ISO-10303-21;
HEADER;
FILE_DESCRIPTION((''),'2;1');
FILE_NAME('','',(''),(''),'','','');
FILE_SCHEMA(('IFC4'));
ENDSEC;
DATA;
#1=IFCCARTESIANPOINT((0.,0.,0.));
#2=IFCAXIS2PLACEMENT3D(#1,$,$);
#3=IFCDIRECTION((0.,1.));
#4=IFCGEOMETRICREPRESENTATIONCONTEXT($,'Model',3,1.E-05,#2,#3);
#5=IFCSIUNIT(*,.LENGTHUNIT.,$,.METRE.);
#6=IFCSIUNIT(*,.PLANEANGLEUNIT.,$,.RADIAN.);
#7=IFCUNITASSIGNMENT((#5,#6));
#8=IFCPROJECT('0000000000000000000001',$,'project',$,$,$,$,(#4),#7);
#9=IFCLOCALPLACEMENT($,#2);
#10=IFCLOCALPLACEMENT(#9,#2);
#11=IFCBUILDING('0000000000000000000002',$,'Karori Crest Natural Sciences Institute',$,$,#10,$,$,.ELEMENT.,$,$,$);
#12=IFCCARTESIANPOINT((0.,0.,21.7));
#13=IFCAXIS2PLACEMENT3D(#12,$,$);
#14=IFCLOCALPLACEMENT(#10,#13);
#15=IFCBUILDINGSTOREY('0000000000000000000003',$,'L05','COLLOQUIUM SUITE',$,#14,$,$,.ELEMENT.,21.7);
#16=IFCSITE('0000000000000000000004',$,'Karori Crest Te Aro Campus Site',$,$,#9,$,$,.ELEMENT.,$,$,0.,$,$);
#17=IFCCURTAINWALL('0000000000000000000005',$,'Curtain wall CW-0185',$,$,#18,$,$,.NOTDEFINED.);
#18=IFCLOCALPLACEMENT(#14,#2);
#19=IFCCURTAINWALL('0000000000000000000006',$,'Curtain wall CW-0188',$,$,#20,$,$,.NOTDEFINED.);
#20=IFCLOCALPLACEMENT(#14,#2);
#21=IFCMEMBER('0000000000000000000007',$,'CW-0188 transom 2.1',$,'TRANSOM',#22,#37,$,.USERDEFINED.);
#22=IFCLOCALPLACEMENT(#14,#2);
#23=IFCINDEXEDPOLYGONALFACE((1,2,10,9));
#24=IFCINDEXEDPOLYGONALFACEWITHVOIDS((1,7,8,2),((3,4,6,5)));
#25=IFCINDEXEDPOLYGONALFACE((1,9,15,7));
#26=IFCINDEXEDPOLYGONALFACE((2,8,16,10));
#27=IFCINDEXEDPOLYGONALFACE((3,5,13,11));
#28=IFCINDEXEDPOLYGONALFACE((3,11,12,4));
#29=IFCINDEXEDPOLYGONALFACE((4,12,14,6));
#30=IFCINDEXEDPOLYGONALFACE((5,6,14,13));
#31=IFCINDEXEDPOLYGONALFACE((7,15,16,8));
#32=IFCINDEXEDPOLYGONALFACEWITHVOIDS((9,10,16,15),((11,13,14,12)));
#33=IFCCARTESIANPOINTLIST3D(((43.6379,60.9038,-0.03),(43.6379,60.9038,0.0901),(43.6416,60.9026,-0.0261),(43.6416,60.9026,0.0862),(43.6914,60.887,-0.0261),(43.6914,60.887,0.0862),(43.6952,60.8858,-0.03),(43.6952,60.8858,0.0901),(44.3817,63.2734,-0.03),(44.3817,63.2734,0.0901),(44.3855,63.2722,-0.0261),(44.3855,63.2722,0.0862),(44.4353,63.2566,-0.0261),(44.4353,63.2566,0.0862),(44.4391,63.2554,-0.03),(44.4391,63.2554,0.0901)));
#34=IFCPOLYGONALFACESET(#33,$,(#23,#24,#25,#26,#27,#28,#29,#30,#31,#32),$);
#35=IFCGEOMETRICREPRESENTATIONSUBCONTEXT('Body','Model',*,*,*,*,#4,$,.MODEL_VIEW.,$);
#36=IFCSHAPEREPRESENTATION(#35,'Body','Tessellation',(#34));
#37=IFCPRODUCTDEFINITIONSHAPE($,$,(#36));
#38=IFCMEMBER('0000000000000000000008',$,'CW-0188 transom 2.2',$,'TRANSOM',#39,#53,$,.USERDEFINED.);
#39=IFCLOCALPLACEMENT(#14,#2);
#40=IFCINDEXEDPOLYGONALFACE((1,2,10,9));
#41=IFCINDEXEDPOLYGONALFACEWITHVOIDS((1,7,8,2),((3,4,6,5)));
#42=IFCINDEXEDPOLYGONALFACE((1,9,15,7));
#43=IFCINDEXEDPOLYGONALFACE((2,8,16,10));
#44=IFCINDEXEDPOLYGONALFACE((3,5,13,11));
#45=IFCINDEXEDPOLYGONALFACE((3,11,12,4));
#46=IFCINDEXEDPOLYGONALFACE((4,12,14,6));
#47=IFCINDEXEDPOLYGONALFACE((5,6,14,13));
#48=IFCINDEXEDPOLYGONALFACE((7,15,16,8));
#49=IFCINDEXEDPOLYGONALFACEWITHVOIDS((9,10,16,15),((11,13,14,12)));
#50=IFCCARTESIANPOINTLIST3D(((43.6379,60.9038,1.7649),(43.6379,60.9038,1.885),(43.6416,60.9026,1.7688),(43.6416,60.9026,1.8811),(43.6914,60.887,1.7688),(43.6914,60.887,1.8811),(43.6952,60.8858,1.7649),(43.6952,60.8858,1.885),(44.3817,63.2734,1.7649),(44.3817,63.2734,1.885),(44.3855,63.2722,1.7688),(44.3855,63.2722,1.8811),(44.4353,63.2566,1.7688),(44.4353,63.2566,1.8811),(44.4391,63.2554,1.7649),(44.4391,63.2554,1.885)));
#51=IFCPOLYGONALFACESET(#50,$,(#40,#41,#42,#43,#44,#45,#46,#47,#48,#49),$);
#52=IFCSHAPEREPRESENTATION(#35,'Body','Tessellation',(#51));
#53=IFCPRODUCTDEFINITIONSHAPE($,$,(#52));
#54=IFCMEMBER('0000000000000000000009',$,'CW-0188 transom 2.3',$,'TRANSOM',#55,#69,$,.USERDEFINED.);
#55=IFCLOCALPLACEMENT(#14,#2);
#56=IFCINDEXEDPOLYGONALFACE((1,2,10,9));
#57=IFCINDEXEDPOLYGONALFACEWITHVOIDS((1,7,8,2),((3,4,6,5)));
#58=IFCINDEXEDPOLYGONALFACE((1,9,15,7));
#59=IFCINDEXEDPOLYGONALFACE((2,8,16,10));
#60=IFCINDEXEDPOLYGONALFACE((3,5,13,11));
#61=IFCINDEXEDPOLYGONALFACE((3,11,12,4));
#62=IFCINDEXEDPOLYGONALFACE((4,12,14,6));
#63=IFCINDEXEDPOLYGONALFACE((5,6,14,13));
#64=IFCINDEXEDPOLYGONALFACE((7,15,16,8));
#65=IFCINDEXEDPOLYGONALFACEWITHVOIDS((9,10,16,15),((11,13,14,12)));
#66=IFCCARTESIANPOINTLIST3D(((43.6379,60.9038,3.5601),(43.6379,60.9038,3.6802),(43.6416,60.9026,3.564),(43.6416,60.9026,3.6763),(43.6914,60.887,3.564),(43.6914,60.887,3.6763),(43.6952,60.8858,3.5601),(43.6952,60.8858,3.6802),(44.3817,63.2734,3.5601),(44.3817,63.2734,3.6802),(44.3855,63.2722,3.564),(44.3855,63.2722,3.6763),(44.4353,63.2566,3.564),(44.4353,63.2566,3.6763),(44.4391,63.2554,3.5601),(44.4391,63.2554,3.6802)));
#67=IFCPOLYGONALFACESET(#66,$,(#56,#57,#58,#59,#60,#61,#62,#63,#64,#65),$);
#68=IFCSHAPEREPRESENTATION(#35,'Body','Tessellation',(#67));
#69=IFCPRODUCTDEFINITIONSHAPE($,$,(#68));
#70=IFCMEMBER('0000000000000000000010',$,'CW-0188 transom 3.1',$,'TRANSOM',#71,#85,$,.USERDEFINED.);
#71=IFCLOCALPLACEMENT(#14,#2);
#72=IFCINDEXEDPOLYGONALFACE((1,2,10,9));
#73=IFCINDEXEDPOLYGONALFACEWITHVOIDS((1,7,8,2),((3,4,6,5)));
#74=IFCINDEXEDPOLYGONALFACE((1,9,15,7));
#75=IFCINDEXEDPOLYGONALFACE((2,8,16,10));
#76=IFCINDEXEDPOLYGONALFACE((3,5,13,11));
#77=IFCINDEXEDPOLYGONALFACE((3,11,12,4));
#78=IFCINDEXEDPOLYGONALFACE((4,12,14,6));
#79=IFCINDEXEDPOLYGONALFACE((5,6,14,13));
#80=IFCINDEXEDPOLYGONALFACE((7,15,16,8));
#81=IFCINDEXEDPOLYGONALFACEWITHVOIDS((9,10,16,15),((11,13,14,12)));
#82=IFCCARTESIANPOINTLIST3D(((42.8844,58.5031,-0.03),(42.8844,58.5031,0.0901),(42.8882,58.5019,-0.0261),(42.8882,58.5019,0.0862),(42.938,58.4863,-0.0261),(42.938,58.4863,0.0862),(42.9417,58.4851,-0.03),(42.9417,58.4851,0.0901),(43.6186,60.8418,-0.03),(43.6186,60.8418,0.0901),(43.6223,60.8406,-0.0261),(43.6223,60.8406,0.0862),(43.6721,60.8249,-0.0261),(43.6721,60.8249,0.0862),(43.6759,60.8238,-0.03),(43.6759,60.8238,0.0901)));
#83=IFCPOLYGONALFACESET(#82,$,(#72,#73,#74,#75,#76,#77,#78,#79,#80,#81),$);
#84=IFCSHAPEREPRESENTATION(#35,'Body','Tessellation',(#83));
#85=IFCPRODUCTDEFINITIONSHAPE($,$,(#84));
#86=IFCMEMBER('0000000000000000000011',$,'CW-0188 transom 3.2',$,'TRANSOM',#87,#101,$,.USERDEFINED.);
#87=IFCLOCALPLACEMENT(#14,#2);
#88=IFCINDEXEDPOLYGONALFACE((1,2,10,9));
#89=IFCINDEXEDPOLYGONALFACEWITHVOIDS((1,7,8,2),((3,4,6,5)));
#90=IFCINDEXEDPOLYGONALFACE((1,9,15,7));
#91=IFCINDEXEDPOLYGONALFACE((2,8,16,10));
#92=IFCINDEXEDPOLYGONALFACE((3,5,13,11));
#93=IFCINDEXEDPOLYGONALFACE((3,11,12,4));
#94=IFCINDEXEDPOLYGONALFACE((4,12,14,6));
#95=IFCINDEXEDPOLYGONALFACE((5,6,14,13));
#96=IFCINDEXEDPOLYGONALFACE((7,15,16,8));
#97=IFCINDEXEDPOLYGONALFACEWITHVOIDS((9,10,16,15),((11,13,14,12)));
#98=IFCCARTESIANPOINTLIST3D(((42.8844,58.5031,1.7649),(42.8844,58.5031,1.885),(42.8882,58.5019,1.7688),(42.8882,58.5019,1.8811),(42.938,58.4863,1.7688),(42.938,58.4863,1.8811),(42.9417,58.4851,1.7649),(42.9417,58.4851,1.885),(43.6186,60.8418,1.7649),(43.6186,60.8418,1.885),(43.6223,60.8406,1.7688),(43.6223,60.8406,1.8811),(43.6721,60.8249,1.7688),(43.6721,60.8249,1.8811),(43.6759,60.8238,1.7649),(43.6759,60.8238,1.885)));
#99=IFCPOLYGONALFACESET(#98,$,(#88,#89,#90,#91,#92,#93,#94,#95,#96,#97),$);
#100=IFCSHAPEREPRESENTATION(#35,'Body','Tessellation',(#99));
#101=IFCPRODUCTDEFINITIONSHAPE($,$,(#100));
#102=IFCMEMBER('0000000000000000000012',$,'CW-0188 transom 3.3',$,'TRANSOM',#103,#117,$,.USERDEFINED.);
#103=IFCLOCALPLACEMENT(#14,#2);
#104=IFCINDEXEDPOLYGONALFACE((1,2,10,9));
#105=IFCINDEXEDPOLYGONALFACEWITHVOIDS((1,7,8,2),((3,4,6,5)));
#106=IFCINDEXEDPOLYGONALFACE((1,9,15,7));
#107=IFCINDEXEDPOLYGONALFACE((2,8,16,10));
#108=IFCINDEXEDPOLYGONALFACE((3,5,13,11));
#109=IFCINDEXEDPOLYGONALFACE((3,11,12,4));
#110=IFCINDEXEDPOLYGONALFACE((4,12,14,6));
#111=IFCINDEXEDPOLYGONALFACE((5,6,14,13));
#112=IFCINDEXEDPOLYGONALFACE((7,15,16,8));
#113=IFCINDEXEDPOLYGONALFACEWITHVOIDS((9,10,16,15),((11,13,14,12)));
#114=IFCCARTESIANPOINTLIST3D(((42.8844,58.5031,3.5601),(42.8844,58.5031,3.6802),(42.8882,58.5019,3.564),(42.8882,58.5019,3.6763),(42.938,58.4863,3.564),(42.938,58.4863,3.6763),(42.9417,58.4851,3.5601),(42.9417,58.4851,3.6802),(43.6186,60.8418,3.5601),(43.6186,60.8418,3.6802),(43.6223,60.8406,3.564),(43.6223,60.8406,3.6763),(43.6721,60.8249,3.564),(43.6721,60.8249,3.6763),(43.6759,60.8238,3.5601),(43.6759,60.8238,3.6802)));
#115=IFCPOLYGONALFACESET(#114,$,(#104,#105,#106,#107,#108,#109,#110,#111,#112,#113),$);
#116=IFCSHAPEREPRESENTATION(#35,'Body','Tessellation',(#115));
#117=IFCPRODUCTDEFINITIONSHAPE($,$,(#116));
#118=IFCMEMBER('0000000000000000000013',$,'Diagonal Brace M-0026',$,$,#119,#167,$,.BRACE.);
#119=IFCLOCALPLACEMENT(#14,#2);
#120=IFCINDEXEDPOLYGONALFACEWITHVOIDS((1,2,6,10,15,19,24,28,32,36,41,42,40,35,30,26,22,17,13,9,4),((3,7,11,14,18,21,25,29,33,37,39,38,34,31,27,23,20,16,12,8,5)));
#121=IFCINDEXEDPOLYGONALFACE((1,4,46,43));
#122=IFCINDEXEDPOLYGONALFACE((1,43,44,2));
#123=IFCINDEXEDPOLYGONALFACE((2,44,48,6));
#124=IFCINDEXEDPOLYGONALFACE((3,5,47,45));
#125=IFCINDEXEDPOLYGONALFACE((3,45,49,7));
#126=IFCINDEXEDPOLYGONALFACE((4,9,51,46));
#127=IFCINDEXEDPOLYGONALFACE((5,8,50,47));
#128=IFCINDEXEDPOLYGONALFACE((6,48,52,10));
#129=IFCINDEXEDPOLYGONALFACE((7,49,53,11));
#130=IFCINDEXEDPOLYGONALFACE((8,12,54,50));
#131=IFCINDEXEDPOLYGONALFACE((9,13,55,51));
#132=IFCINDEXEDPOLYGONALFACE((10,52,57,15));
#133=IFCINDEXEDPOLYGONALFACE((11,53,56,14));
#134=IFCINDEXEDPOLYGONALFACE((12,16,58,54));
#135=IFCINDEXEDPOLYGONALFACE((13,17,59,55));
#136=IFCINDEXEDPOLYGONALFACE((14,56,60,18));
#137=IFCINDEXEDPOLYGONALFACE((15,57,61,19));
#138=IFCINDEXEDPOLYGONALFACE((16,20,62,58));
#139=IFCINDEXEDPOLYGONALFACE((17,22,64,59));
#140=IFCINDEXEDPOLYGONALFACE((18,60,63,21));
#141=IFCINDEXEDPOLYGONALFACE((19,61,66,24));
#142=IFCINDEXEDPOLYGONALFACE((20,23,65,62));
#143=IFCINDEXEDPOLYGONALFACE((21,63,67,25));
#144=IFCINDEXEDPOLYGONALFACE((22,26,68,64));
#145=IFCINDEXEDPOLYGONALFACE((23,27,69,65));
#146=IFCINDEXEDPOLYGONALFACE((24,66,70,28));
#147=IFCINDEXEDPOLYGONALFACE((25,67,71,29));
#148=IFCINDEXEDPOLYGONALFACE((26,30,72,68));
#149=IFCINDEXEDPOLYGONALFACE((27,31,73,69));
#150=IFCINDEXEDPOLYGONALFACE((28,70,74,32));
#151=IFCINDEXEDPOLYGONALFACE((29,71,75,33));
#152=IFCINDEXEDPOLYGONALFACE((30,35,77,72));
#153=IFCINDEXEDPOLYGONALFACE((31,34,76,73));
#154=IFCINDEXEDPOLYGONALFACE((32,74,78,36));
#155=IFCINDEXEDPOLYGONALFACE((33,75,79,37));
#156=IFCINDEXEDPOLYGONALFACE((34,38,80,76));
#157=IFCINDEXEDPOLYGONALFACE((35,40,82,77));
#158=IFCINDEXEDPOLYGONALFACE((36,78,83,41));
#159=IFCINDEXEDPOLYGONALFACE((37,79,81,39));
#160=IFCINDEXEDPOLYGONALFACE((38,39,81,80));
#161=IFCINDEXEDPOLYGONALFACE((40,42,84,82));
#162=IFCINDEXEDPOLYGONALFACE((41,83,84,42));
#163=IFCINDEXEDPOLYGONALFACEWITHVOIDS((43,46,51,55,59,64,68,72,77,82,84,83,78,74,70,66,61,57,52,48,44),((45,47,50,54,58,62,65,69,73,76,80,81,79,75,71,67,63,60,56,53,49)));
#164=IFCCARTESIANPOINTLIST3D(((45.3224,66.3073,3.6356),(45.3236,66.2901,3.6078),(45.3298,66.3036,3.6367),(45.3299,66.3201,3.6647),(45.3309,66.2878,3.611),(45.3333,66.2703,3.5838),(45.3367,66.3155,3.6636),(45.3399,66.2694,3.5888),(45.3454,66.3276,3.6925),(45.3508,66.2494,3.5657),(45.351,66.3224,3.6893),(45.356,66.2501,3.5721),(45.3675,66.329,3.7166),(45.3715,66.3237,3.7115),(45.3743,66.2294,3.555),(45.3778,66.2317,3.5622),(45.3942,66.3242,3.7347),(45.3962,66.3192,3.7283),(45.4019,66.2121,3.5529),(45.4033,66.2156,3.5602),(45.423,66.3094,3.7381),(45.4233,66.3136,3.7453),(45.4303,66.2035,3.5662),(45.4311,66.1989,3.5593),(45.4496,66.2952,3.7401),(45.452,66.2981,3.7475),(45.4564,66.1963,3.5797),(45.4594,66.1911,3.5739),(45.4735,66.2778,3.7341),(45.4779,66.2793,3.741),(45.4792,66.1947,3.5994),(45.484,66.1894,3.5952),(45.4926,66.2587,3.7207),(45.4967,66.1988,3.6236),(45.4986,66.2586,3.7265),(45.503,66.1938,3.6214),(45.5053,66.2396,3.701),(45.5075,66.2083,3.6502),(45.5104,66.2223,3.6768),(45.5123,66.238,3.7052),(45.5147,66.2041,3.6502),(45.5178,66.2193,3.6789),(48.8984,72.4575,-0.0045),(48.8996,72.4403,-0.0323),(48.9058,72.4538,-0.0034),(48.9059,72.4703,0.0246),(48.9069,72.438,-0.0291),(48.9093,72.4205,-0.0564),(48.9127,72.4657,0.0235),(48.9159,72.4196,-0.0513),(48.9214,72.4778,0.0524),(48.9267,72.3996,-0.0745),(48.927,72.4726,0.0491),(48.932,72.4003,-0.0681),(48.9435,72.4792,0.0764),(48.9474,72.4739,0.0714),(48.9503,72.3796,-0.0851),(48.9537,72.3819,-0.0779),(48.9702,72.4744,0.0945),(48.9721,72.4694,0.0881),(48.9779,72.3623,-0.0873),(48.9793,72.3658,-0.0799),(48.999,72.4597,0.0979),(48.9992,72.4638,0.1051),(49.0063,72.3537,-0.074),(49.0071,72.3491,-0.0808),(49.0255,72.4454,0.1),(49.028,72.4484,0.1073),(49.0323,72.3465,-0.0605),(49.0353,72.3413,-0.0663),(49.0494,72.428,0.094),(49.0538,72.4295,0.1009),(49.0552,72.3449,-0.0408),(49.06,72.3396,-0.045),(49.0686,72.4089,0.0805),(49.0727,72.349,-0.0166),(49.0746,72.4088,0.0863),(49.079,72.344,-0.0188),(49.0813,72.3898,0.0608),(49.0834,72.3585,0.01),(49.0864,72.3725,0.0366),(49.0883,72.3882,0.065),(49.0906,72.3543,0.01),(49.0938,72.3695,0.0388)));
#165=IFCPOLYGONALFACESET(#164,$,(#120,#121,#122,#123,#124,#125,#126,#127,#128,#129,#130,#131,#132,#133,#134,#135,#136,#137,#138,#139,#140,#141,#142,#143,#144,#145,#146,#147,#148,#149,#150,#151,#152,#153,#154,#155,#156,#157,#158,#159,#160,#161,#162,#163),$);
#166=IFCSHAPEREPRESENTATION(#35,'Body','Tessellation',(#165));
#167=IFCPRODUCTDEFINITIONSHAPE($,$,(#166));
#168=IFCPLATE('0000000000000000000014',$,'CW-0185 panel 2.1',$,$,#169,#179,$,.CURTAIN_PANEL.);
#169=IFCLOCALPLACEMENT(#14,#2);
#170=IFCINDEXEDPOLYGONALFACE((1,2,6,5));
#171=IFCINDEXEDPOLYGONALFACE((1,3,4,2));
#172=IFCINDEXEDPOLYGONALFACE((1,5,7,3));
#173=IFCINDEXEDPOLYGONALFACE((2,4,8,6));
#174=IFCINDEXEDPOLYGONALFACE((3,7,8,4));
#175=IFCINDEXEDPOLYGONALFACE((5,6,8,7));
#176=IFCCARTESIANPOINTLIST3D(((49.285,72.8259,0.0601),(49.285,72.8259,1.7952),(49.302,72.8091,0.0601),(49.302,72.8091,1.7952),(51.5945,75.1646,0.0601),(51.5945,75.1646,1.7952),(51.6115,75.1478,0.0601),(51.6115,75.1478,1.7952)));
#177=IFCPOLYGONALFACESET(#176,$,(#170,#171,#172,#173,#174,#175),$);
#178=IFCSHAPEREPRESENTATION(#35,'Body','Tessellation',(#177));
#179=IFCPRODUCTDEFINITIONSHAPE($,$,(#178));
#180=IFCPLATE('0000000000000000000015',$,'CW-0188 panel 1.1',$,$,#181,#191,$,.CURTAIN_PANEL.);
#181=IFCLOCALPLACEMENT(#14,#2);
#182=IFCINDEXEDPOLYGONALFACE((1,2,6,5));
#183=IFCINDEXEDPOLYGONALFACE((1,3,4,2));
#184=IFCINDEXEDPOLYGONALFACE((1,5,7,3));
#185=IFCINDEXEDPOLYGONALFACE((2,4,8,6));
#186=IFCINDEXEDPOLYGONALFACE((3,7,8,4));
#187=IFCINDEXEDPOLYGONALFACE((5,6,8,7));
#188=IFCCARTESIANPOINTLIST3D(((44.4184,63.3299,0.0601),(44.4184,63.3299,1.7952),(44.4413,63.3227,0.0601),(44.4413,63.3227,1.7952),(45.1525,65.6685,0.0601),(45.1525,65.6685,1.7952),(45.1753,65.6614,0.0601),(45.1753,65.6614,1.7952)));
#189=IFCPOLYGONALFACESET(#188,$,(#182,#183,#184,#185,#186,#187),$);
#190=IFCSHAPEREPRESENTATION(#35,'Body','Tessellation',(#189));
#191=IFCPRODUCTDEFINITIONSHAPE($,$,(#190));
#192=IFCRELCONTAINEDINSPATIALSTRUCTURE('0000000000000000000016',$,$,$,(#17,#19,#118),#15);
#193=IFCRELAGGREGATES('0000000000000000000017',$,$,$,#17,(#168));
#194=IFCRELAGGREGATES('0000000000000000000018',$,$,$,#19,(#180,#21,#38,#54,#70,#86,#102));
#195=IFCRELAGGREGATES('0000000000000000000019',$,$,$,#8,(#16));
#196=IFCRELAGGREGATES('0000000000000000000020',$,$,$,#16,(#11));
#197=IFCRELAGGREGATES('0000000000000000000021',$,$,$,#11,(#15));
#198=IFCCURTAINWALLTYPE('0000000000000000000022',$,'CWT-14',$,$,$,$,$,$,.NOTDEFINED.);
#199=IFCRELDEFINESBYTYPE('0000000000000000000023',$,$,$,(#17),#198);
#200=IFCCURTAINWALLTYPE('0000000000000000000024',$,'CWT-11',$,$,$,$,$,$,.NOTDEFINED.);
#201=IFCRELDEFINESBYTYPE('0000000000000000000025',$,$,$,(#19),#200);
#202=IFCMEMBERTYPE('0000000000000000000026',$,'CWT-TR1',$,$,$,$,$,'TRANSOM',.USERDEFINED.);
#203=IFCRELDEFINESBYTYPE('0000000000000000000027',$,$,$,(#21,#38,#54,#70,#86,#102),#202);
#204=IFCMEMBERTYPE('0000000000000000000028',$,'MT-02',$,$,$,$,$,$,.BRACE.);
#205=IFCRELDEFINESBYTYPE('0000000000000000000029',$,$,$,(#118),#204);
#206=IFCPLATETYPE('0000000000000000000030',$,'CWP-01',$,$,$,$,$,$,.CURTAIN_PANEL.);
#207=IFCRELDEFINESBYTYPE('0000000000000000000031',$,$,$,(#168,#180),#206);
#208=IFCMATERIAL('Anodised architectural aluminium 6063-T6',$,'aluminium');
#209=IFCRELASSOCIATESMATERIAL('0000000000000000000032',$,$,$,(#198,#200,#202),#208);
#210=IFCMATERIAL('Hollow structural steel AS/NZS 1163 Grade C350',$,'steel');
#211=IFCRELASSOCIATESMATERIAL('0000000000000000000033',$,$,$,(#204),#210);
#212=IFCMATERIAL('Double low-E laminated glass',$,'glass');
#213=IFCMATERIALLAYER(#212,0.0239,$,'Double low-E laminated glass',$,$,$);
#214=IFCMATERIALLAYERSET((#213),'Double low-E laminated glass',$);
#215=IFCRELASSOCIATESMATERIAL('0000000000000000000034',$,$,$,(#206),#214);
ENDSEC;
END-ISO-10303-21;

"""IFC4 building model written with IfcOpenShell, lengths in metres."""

from ifc_helpers import new_model, si_unit, direction, frame, origin, origin_2d, place, context, subcontext, project, spatial, rectangle, hollow_rectangle, hollow_circle, extrude, material, layer, layer_set, material_profile, profile_set, type_object, element, aggregate, save


model = new_model("IFC4")

# Units and contexts
model_context = context("Model", 3, precision=1e-05, world=origin(), true_north=direction((0.0, 1.0)))
body_context = subcontext(model_context, "Body", "Model", "MODEL_VIEW")
ifc_project = project(units=[si_unit("LENGTHUNIT", "METRE"), si_unit("PLANEANGLEUNIT", "RADIAN")], contexts=[model_context])

# Site, building, storey
site_placement = place(None, origin())
site = spatial("IfcSite", under=ifc_project, at=site_placement, Name="Karori Crest Te Aro Campus Site", CompositionType="ELEMENT", RefElevation=0.0)
building_placement = place(site_placement, origin())
building = spatial("IfcBuilding", under=site, at=building_placement, Name="Karori Crest Natural Sciences Institute", CompositionType="ELEMENT")
storey_placement = place(building_placement, frame((0.0, 0.0, 21.7)))
storey = spatial("IfcBuildingStorey", under=building, at=storey_placement, Name="L05", Description="COLLOQUIUM SUITE", CompositionType="ELEMENT", Elevation=21.7)

# Shared definitions
ifc_material_1 = material(Name="Hollow structural steel AS/NZS 1163 Grade C350", Category="steel")

# Curtain wall
ifc_material_2 = material(Name="Anodised architectural aluminium 6063-T6", Category="aluminium")
curtain_wall_type_1 = type_object("IfcCurtainWallType", Name="CWT-14", PredefinedType="NOTDEFINED", material=ifc_material_2)
curtain_wall_1_placement = place(storey_placement, origin())
curtain_wall_1 = element("IfcCurtainWall", 1, at=curtain_wall_1_placement, inside=storey, type_object=curtain_wall_type_1, Name="Curtain wall CW-0185", PredefinedType="NOTDEFINED")

# Curtain wall, members
curtain_wall_type_2 = type_object("IfcCurtainWallType", Name="CWT-11", PredefinedType="NOTDEFINED", material=ifc_material_2)
curtain_wall_2_placement = place(storey_placement, origin())
curtain_wall_2 = element("IfcCurtainWall", 2, at=curtain_wall_2_placement, inside=storey, type_object=curtain_wall_type_2, Name="Curtain wall CW-0188", PredefinedType="NOTDEFINED")
ifc_material_profile_1 = material_profile(ifc_material_2, hollow_rectangle(XDim=0.0601, YDim=0.1201, WallThickness=0.0039, at=origin_2d()), Name="CWT120x60x4")
ifc_profile_set_1 = profile_set([ifc_material_profile_1], Name="Anodised architectural aluminium 6063-T6")
member_type_1 = type_object("IfcMemberType", Name="CWT-TR1", ElementType="TRANSOM", PredefinedType="USERDEFINED", material=ifc_profile_set_1)
member_1_placement = place(storey_placement, frame((44.4104, 63.2644, 0.03), z_axis=(-0.299517, -0.954091, 0.0), x_axis=(0.954091, -0.299517, 0.0)))
member_1 = element("IfcMember", 3, at=member_1_placement, type_object=member_type_1, Name="CW-0188 transom 2.1", ObjectType="TRANSOM", PredefinedType="USERDEFINED", context=body_context, shape_type="SweptSolid", body=[
    extrude(hollow_rectangle(XDim=0.0601, YDim=0.1201, WallThickness=0.0039, at=origin_2d()), origin(), (0.0, 0.0, 1.0), 2.4836),
])
member_2_placement = place(storey_placement, frame((44.4104, 63.2644, 1.825), z_axis=(-0.299517, -0.954091, 0.0), x_axis=(0.954091, -0.299517, 0.0)))
member_2 = element("IfcMember", 4, at=member_2_placement, type_object=member_type_1, Name="CW-0188 transom 2.2", ObjectType="TRANSOM", PredefinedType="USERDEFINED", context=body_context, shape_type="SweptSolid", body=[
    extrude(hollow_rectangle(XDim=0.0601, YDim=0.1201, WallThickness=0.0039, at=origin_2d()), origin(), (0.0, 0.0, 1.0), 2.4836),
])
member_3_placement = place(storey_placement, frame((44.4104, 63.2644, 3.6201), z_axis=(-0.299517, -0.954091, 0.0), x_axis=(0.954091, -0.299517, 0.0)))
member_3 = element("IfcMember", 5, at=member_3_placement, type_object=member_type_1, Name="CW-0188 transom 2.3", ObjectType="TRANSOM", PredefinedType="USERDEFINED", context=body_context, shape_type="SweptSolid", body=[
    extrude(hollow_rectangle(XDim=0.0601, YDim=0.1201, WallThickness=0.0039, at=origin_2d()), origin(), (0.0, 0.0, 1.0), 2.4836),
])
member_4_placement = place(storey_placement, frame((43.6472, 60.8328, 0.03), z_axis=(-0.299505, -0.954095, 0.0), x_axis=(0.954095, -0.299505, 0.0)))
member_4 = element("IfcMember", 6, at=member_4_placement, type_object=member_type_1, Name="CW-0188 transom 3.1", ObjectType="TRANSOM", PredefinedType="USERDEFINED", context=body_context, shape_type="SweptSolid", body=[
    extrude(hollow_rectangle(XDim=0.0601, YDim=0.1201, WallThickness=0.0039, at=origin_2d()), origin(), (0.0, 0.0, 1.0), 2.4512),
])
member_5_placement = place(storey_placement, frame((43.6472, 60.8328, 1.825), z_axis=(-0.299505, -0.954095, 0.0), x_axis=(0.954095, -0.299505, 0.0)))
member_5 = element("IfcMember", 7, at=member_5_placement, type_object=member_type_1, Name="CW-0188 transom 3.2", ObjectType="TRANSOM", PredefinedType="USERDEFINED", context=body_context, shape_type="SweptSolid", body=[
    extrude(hollow_rectangle(XDim=0.0601, YDim=0.1201, WallThickness=0.0039, at=origin_2d()), origin(), (0.0, 0.0, 1.0), 2.4512),
])
member_6_placement = place(storey_placement, frame((43.6472, 60.8328, 3.6201), z_axis=(-0.299505, -0.954095, 0.0), x_axis=(0.954095, -0.299505, 0.0)))
member_6 = element("IfcMember", 8, at=member_6_placement, type_object=member_type_1, Name="CW-0188 transom 3.3", ObjectType="TRANSOM", PredefinedType="USERDEFINED", context=body_context, shape_type="SweptSolid", body=[
    extrude(hollow_rectangle(XDim=0.0601, YDim=0.1201, WallThickness=0.0039, at=origin_2d()), origin(), (0.0, 0.0, 1.0), 2.4512),
])

# Member
ifc_material_profile_2 = material_profile(ifc_material_1, hollow_circle(Radius=0.1096, WallThickness=0.0083, at=origin_2d()), Name="CHS219.1x8.2")
ifc_profile_set_2 = profile_set([ifc_material_profile_2], Name="Hollow structural steel AS/NZS 1163 Grade C350")
member_type_2 = type_object("IfcMemberType", Name="MT-02", PredefinedType="BRACE", material=ifc_profile_set_2)
member_7_placement = place(storey_placement, frame((48.9958, 72.4094, 0.01), z_axis=(-0.447473, -0.769598, 0.455508), x_axis=(0.864491, -0.502648, 0.0)))
element("IfcMember", 9, at=member_7_placement, inside=storey, type_object=member_type_2, Name="Diagonal Brace M-0026", PredefinedType="BRACE", context=body_context, shape_type="SweptSolid", body=[
    extrude(hollow_circle(Radius=0.1096, WallThickness=0.0083, at=origin_2d()), origin(), (0.0, 0.0, 1.0), 7.9915),
])

# Plates
ifc_material_3 = material(Name="Double low-E laminated glass", Category="glass")
ifc_layer_1 = layer(ifc_material_3, 0.0239, Name="Double low-E laminated glass")
ifc_layer_set_1 = layer_set([ifc_layer_1], Name="Double low-E laminated glass")
plate_type_1 = type_object("IfcPlateType", Name="CWP-01", PredefinedType="CURTAIN_PANEL", material=ifc_layer_set_1)
plate_1_placement = place(storey_placement, frame((50.4482, 73.9868, 0.0601), z_axis=(0.0, 0.0, 1.0), x_axis=(-0.702661, -0.711525, 0.0)))
plate_1 = element("IfcPlate", 10, at=plate_1_placement, type_object=plate_type_1, Name="CW-0185 panel 2.1", PredefinedType="CURTAIN_PANEL", context=body_context, shape_type="SweptSolid", body=[
    extrude(rectangle(XDim=3.2869, YDim=0.0239, at=origin_2d()), origin(), (0.0, 0.0, 1.0), 1.7351),
])
aggregate(curtain_wall_1, [plate_1])
plate_2_placement = place(storey_placement, frame((44.7969, 64.4956, 0.0601), z_axis=(0.0, 0.0, 1.0), x_axis=(-0.299475, -0.954104, 0.0)))
plate_2 = element("IfcPlate", 11, at=plate_2_placement, type_object=plate_type_1, Name="CW-0188 panel 1.1", PredefinedType="CURTAIN_PANEL", context=body_context, shape_type="SweptSolid", body=[
    extrude(rectangle(XDim=2.4512, YDim=0.0239, at=origin_2d()), origin(), (0.0, 0.0, 1.0), 1.7351),
])
aggregate(curtain_wall_2, [plate_2, member_1, member_2, member_3, member_4, member_5, member_6])

save(model, "model.ifc")
